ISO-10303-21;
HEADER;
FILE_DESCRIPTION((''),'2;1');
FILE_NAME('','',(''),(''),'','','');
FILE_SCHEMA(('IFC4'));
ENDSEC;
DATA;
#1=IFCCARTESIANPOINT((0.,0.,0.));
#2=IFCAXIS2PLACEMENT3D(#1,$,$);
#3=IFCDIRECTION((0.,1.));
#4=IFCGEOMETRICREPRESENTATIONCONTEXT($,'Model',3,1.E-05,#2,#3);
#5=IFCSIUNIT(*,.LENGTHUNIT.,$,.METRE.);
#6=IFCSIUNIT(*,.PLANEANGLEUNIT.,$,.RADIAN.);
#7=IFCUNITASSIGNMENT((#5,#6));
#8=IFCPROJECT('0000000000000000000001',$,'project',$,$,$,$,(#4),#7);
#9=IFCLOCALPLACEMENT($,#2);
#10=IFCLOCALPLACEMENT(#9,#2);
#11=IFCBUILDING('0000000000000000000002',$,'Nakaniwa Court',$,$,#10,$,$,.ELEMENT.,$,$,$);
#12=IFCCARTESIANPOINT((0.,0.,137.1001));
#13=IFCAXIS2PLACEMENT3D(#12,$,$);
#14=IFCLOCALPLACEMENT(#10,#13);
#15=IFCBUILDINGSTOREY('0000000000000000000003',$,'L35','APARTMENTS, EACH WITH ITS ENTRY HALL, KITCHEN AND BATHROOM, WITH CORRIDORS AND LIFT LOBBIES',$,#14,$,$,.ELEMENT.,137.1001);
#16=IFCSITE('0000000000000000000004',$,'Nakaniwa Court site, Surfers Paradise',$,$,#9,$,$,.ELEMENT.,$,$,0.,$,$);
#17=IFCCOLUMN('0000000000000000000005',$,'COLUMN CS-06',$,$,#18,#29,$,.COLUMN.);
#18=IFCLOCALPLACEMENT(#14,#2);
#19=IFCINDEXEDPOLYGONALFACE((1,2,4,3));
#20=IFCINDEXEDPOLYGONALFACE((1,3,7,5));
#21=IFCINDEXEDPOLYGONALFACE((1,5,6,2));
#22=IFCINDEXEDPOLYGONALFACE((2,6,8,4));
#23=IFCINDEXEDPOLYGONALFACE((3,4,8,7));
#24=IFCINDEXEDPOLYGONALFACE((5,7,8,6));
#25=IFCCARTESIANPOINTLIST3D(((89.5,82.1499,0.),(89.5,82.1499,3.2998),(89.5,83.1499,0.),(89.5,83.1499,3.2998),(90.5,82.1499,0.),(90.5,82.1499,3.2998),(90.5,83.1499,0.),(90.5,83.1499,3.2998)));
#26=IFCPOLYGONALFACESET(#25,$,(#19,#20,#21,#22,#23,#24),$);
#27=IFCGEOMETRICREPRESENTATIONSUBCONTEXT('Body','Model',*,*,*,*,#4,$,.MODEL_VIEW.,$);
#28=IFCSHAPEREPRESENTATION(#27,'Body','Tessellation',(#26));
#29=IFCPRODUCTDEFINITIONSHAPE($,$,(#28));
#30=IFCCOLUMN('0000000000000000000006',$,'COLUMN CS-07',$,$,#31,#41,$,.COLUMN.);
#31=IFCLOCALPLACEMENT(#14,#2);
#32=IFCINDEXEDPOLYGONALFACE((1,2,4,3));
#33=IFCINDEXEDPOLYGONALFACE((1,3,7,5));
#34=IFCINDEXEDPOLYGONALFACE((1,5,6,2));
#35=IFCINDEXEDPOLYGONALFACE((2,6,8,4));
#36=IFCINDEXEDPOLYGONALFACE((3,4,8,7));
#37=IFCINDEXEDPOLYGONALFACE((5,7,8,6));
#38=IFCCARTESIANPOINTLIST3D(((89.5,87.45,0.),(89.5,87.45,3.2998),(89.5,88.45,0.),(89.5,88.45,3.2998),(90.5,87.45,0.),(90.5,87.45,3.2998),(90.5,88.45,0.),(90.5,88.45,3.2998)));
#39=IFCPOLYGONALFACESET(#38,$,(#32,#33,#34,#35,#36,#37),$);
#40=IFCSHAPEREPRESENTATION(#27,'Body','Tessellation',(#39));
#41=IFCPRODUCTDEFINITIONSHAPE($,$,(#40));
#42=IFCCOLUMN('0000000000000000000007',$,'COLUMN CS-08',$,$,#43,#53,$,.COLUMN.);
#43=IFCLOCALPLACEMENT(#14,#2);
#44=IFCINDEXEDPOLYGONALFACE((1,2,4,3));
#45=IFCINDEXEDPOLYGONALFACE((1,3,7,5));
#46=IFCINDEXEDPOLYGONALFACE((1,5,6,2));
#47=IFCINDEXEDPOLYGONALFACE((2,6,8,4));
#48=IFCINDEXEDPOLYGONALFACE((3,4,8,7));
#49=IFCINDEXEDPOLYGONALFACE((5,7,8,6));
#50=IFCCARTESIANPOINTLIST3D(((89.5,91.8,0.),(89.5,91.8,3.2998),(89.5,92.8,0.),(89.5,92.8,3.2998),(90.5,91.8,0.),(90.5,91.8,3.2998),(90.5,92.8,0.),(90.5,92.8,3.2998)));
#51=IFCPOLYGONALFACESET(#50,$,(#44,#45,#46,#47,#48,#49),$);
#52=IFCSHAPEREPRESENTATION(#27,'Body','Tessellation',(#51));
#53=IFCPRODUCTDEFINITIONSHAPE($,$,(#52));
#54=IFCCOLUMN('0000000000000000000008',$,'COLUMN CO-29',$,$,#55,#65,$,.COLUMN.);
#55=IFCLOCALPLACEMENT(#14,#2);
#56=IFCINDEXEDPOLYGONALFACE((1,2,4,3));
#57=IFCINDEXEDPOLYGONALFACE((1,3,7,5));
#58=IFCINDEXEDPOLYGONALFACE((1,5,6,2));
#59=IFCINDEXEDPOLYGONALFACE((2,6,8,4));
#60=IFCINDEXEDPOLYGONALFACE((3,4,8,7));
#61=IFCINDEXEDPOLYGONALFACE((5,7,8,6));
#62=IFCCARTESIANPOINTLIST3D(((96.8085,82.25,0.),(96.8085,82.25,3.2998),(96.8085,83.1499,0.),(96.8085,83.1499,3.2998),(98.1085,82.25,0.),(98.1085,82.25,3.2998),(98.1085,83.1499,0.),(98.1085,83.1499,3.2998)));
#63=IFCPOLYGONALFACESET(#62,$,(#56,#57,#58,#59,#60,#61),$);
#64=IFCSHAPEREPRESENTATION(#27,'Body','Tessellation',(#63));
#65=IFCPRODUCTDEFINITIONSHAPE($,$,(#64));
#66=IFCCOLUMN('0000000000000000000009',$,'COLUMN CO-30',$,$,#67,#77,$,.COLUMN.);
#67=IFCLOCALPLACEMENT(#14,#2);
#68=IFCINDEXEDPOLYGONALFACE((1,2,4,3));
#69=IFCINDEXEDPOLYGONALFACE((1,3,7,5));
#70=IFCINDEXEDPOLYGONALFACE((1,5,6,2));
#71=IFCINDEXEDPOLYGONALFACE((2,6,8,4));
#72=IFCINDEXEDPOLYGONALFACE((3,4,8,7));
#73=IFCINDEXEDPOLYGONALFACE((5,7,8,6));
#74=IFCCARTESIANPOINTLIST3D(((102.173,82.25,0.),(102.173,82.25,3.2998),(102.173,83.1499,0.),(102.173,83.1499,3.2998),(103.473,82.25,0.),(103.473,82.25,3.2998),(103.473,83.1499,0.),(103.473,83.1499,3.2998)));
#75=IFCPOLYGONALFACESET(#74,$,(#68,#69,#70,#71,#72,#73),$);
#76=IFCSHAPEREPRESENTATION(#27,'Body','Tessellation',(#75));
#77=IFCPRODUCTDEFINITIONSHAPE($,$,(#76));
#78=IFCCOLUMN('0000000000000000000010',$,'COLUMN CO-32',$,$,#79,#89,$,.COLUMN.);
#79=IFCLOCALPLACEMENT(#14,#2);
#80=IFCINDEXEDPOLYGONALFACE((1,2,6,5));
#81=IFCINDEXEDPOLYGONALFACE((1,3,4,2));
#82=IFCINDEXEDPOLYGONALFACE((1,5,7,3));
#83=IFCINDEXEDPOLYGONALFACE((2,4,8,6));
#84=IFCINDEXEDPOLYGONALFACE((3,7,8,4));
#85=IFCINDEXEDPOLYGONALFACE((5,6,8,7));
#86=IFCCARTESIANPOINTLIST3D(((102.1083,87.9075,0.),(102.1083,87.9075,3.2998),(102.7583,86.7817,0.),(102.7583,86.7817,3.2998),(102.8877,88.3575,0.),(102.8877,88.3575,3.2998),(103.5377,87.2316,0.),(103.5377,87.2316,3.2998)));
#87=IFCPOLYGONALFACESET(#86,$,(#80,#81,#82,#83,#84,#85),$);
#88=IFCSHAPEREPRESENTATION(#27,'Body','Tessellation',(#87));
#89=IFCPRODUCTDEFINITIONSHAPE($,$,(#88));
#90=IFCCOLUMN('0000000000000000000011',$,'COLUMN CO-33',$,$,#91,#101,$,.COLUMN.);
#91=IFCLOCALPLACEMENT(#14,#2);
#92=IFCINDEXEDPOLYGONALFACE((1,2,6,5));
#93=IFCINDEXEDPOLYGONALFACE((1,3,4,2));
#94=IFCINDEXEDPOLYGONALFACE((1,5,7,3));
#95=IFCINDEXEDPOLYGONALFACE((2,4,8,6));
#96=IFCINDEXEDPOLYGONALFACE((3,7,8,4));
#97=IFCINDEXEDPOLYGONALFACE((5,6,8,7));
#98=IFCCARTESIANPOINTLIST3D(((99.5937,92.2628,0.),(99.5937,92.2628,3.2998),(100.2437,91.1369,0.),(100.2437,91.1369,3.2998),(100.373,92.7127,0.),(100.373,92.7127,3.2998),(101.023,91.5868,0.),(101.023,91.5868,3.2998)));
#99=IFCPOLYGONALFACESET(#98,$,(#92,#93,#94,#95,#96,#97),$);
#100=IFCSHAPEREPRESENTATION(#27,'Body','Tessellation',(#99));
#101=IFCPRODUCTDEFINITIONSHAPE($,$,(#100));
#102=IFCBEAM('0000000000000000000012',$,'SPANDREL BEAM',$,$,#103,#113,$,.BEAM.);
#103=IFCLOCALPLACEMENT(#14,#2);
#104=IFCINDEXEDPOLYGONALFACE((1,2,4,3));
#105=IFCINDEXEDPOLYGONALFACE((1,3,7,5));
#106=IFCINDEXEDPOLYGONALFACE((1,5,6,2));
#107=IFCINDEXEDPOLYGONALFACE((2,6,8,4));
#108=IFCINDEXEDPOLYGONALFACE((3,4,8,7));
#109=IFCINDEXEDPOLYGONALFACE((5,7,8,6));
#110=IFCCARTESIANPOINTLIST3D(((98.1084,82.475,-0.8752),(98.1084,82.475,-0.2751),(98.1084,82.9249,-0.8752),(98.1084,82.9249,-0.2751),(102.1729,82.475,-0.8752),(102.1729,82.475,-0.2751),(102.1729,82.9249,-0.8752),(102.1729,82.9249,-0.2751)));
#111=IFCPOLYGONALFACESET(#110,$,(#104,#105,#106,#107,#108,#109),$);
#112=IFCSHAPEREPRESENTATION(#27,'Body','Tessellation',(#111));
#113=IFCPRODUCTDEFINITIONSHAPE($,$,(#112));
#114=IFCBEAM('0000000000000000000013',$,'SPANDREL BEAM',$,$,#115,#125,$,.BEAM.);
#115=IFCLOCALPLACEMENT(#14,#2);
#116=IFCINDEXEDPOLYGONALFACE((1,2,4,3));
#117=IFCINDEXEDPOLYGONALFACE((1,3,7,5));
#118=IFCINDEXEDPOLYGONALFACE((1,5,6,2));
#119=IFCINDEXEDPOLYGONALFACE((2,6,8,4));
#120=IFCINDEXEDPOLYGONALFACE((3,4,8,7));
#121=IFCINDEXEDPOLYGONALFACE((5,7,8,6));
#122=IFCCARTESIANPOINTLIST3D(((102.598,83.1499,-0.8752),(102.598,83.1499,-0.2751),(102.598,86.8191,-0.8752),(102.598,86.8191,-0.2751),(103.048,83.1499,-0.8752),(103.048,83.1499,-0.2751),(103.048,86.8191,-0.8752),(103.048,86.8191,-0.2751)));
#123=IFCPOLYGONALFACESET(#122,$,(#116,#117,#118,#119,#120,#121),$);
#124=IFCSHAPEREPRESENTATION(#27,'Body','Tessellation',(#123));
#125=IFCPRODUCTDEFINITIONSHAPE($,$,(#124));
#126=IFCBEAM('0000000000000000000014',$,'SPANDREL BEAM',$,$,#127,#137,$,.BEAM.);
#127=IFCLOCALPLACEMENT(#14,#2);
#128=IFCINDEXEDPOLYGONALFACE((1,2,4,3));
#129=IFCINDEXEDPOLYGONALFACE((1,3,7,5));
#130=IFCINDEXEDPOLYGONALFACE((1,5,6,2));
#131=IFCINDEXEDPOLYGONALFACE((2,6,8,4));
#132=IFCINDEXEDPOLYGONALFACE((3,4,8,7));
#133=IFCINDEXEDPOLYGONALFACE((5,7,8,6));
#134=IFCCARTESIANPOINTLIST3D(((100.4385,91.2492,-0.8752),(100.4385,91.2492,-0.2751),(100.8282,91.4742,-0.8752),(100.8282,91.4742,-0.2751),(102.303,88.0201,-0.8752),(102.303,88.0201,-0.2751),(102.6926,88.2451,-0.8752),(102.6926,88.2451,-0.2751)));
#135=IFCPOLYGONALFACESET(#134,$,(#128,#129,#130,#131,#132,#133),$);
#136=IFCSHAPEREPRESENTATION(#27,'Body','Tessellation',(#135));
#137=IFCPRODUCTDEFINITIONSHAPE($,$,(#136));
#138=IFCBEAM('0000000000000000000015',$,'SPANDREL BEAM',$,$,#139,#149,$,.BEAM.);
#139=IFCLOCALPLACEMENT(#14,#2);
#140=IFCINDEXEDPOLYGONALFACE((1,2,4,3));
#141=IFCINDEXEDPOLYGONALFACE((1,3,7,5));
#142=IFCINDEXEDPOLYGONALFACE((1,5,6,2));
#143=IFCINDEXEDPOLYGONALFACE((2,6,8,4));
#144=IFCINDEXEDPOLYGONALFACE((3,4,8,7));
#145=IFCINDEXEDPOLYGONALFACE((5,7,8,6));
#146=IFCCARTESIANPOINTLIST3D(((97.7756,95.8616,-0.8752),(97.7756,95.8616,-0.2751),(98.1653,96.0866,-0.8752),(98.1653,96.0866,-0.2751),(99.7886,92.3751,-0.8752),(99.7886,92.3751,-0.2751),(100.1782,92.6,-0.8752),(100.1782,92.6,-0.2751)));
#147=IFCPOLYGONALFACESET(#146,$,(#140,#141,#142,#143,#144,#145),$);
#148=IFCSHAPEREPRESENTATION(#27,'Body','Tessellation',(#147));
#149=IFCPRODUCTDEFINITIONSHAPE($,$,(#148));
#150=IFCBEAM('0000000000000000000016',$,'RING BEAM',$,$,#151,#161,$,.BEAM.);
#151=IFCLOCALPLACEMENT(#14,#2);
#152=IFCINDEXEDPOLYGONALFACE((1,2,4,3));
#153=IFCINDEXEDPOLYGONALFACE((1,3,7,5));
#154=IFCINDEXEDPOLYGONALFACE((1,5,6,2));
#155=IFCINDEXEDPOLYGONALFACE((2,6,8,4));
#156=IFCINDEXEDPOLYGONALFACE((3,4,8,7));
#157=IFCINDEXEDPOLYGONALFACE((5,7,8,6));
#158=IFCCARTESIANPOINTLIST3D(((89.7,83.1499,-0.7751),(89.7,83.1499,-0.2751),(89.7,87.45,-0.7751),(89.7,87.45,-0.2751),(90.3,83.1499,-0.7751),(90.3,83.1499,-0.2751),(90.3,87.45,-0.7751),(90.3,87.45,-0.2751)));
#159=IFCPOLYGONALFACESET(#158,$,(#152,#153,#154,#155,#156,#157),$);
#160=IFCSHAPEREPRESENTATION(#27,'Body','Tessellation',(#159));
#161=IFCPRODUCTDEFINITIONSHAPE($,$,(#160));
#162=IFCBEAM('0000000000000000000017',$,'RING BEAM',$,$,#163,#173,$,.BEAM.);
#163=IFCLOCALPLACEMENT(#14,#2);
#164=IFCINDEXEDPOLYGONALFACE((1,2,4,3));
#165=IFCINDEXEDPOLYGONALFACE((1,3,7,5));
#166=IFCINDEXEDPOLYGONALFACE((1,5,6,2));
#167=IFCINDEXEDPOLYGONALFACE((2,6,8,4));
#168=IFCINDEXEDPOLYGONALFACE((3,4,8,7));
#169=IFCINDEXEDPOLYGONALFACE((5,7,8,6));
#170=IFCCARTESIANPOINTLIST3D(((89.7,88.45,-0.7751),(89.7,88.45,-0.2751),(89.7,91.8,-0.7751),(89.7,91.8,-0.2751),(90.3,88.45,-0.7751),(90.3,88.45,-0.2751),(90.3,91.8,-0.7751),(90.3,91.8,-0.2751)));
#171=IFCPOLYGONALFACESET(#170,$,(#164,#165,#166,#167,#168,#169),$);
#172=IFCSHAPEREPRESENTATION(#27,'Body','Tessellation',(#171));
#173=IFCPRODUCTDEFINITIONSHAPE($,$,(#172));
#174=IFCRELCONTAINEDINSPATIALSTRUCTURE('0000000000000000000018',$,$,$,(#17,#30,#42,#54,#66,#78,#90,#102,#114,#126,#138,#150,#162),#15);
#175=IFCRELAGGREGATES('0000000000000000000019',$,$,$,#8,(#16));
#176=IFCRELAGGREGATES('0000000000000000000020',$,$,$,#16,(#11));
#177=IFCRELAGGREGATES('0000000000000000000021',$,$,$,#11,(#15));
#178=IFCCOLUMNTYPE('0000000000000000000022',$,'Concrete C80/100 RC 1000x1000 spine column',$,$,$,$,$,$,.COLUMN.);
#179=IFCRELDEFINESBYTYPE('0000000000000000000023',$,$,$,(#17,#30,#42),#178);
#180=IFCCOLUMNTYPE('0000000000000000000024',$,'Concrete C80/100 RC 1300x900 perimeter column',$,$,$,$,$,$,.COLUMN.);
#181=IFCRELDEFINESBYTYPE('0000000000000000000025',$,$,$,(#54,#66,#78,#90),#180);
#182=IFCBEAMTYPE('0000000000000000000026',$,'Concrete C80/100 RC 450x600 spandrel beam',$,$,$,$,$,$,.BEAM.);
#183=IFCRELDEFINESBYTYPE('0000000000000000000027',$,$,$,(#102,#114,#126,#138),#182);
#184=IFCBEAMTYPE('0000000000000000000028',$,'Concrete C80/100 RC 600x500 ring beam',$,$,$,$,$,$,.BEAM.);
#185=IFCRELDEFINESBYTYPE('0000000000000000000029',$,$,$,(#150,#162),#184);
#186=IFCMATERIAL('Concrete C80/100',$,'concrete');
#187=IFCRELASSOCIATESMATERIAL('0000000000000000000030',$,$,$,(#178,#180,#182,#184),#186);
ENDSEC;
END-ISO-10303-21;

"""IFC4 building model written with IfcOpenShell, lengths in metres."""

from ifc_helpers import new_model, si_unit, direction, frame, origin, origin_2d, place, context, subcontext, project, spatial, rectangle, extrude, material, material_profile, profile_set, type_object, element, save


model = new_model("IFC4")

# Units and contexts
model_context = context("Model", 3, precision=1e-05, world=origin(), true_north=direction((0.0, 1.0)))
body_context = subcontext(model_context, "Body", "Model", "MODEL_VIEW")
ifc_project = project(units=[si_unit("LENGTHUNIT", "METRE"), si_unit("PLANEANGLEUNIT", "RADIAN")], contexts=[model_context])

# Site, building, storey
site_placement = place(None, origin())
site = spatial("IfcSite", under=ifc_project, at=site_placement, Name="Nakaniwa Court site, Surfers Paradise", CompositionType="ELEMENT", RefElevation=0.0)
building_placement = place(site_placement, origin())
building = spatial("IfcBuilding", under=site, at=building_placement, Name="Nakaniwa Court", CompositionType="ELEMENT")
storey_placement = place(building_placement, frame((0.0, 0.0, 137.1001)))
storey = spatial("IfcBuildingStorey", under=building, at=storey_placement, Name="L35", Description="APARTMENTS, EACH WITH ITS ENTRY HALL, KITCHEN AND BATHROOM, WITH CORRIDORS AND LIFT LOBBIES", CompositionType="ELEMENT", Elevation=137.1001)

# Columns
ifc_material_1 = material(Name="Concrete C80/100", Category="concrete")
ifc_material_profile_1 = material_profile(ifc_material_1, rectangle(XDim=1.0, YDim=1.0, at=origin_2d()), Name="Concrete C80/100 RC 1000x1000 spine column")
ifc_profile_set_1 = profile_set([ifc_material_profile_1], Name="Concrete C80/100")
column_type_1 = type_object("IfcColumnType", Name="Concrete C80/100 RC 1000x1000 spine column", PredefinedType="COLUMN", material=ifc_profile_set_1)
for number, where, z_axis, x_axis, name in (
    (1, (90.0, 82.6499, 0.0), (0.0, 0.0, 1.0), (0.0, 1.0, 0.0), "COLUMN CS-06"),
    (2, (90.0, 87.95, 0.0), (0.0, 0.0, 1.0), (0.0, 1.0, 0.0), "COLUMN CS-07"),
    (3, (90.0, 92.3, 0.0), (0.0, 0.0, 1.0), (0.0, 1.0, 0.0), "COLUMN CS-08"),
):
    element("IfcColumn", number, at=place(storey_placement, frame(where, z_axis=z_axis, x_axis=x_axis)), inside=storey, type_object=column_type_1, Name=name, PredefinedType="COLUMN", context=body_context, shape_type="SweptSolid", body=[
        extrude(rectangle(XDim=1.0, YDim=1.0, at=origin_2d()), origin(), (0.0, 0.0, 1.0), 3.2998),
    ])
ifc_material_profile_2 = material_profile(ifc_material_1, rectangle(XDim=1.3, YDim=0.8999, at=origin_2d()), Name="Concrete C80/100 RC 1300x900 perimeter column")
ifc_profile_set_2 = profile_set([ifc_material_profile_2], Name="Concrete C80/100")
column_type_2 = type_object("IfcColumnType", Name="Concrete C80/100 RC 1300x900 perimeter column", PredefinedType="COLUMN", material=ifc_profile_set_2)
for number, where, z_axis, x_axis, name in (
    (4, (97.4585, 82.7, 0.0), (0.0, 0.0, 1.0), (1.0, 0.0, 0.0), "COLUMN CO-29"),
    (5, (102.823, 82.7, 0.0), (0.0, 0.0, 1.0), (1.0, 0.0, 0.0), "COLUMN CO-30"),
    (6, (102.823, 87.5696, 0.0), (0.0, 0.0, 1.0), (-0.5, 0.866025, 0.0), "COLUMN CO-32"),
    (7, (100.3083, 91.9248, 0.0), (0.0, 0.0, 1.0), (-0.5, 0.866025, 0.0), "COLUMN CO-33"),
):
    element("IfcColumn", number, at=place(storey_placement, frame(where, z_axis=z_axis, x_axis=x_axis)), inside=storey, type_object=column_type_2, Name=name, PredefinedType="COLUMN", context=body_context, shape_type="SweptSolid", body=[
        extrude(rectangle(XDim=1.3, YDim=0.8999, at=origin_2d()), origin(), (0.0, 0.0, 1.0), 3.2998),
    ])

# Beams
ifc_material_profile_3 = material_profile(ifc_material_1, rectangle(XDim=0.45, YDim=0.6001, at=origin_2d()), Name="Concrete C80/100 RC 450x600 spandrel beam")
ifc_profile_set_3 = profile_set([ifc_material_profile_3], Name="Concrete C80/100")
beam_type_1 = type_object("IfcBeamType", Name="Concrete C80/100 RC 450x600 spandrel beam", PredefinedType="BEAM", material=ifc_profile_set_3)
beam_1_placement = place(storey_placement, frame((98.1084, 82.7, -0.5752), z_axis=(1.0, 0.0, 0.0), x_axis=(0.0, 1.0, 0.0)))
element("IfcBeam", 8, at=beam_1_placement, inside=storey, type_object=beam_type_1, Name="SPANDREL BEAM", PredefinedType="BEAM", context=body_context, shape_type="SweptSolid", body=[
    extrude(rectangle(XDim=0.45, YDim=0.6001, at=origin_2d()), origin(), (0.0, 0.0, 1.0), 4.0645),
])
beam_2_placement = place(storey_placement, frame((102.823, 83.1499, -0.5752), z_axis=(0.0, 1.0, 0.0), x_axis=(-1.0, 0.0, 0.0)))
element("IfcBeam", 9, at=beam_2_placement, inside=storey, type_object=beam_type_1, Name="SPANDREL BEAM", PredefinedType="BEAM", context=body_context, shape_type="SweptSolid", body=[
    extrude(rectangle(XDim=0.45, YDim=0.6001, at=origin_2d()), origin(), (0.0, 0.0, 1.0), 3.6692),
])
beam_3_placement = place(storey_placement, frame((102.4978, 88.1326, -0.5752), z_axis=(-0.500019, 0.866014, 0.0), x_axis=(-0.866014, -0.500019, 0.0)))
element("IfcBeam", 10, at=beam_3_placement, inside=storey, type_object=beam_type_1, Name="SPANDREL BEAM", PredefinedType="BEAM", context=body_context, shape_type="SweptSolid", body=[
    extrude(rectangle(XDim=0.45, YDim=0.6001, at=origin_2d()), origin(), (0.0, 0.0, 1.0), 3.7288),
])
beam_4_placement = place(storey_placement, frame((99.9834, 92.4875, -0.5752), z_axis=(-0.499994, 0.866029, 0.0), x_axis=(-0.866029, -0.499994, 0.0)))
element("IfcBeam", 11, at=beam_4_placement, inside=storey, type_object=beam_type_1, Name="SPANDREL BEAM", PredefinedType="BEAM", context=body_context, shape_type="SweptSolid", body=[
    extrude(rectangle(XDim=0.45, YDim=0.6001, at=origin_2d()), origin(), (0.0, 0.0, 1.0), 4.0259),
])
ifc_material_profile_4 = material_profile(ifc_material_1, rectangle(XDim=0.6001, YDim=0.5, at=origin_2d()), Name="Concrete C80/100 RC 600x500 ring beam")
ifc_profile_set_4 = profile_set([ifc_material_profile_4], Name="Concrete C80/100")
beam_type_2 = type_object("IfcBeamType", Name="Concrete C80/100 RC 600x500 ring beam", PredefinedType="BEAM", material=ifc_profile_set_4)
beam_5_placement = place(storey_placement, frame((90.0, 83.1499, -0.5251), z_axis=(0.0, 1.0, 0.0), x_axis=(-1.0, 0.0, 0.0)))
element("IfcBeam", 12, at=beam_5_placement, inside=storey, type_object=beam_type_2, Name="RING BEAM", PredefinedType="BEAM", context=body_context, shape_type="SweptSolid", body=[
    extrude(rectangle(XDim=0.6001, YDim=0.5, at=origin_2d()), origin(), (0.0, 0.0, 1.0), 4.3),
])
beam_6_placement = place(storey_placement, frame((90.0, 88.45, -0.5251), z_axis=(0.0, 1.0, 0.0), x_axis=(-1.0, 0.0, 0.0)))
element("IfcBeam", 13, at=beam_6_placement, inside=storey, type_object=beam_type_2, Name="RING BEAM", PredefinedType="BEAM", context=body_context, shape_type="SweptSolid", body=[
    extrude(rectangle(XDim=0.6001, YDim=0.5, at=origin_2d()), origin(), (0.0, 0.0, 1.0), 3.3501),
])

save(model, "model.ifc")
